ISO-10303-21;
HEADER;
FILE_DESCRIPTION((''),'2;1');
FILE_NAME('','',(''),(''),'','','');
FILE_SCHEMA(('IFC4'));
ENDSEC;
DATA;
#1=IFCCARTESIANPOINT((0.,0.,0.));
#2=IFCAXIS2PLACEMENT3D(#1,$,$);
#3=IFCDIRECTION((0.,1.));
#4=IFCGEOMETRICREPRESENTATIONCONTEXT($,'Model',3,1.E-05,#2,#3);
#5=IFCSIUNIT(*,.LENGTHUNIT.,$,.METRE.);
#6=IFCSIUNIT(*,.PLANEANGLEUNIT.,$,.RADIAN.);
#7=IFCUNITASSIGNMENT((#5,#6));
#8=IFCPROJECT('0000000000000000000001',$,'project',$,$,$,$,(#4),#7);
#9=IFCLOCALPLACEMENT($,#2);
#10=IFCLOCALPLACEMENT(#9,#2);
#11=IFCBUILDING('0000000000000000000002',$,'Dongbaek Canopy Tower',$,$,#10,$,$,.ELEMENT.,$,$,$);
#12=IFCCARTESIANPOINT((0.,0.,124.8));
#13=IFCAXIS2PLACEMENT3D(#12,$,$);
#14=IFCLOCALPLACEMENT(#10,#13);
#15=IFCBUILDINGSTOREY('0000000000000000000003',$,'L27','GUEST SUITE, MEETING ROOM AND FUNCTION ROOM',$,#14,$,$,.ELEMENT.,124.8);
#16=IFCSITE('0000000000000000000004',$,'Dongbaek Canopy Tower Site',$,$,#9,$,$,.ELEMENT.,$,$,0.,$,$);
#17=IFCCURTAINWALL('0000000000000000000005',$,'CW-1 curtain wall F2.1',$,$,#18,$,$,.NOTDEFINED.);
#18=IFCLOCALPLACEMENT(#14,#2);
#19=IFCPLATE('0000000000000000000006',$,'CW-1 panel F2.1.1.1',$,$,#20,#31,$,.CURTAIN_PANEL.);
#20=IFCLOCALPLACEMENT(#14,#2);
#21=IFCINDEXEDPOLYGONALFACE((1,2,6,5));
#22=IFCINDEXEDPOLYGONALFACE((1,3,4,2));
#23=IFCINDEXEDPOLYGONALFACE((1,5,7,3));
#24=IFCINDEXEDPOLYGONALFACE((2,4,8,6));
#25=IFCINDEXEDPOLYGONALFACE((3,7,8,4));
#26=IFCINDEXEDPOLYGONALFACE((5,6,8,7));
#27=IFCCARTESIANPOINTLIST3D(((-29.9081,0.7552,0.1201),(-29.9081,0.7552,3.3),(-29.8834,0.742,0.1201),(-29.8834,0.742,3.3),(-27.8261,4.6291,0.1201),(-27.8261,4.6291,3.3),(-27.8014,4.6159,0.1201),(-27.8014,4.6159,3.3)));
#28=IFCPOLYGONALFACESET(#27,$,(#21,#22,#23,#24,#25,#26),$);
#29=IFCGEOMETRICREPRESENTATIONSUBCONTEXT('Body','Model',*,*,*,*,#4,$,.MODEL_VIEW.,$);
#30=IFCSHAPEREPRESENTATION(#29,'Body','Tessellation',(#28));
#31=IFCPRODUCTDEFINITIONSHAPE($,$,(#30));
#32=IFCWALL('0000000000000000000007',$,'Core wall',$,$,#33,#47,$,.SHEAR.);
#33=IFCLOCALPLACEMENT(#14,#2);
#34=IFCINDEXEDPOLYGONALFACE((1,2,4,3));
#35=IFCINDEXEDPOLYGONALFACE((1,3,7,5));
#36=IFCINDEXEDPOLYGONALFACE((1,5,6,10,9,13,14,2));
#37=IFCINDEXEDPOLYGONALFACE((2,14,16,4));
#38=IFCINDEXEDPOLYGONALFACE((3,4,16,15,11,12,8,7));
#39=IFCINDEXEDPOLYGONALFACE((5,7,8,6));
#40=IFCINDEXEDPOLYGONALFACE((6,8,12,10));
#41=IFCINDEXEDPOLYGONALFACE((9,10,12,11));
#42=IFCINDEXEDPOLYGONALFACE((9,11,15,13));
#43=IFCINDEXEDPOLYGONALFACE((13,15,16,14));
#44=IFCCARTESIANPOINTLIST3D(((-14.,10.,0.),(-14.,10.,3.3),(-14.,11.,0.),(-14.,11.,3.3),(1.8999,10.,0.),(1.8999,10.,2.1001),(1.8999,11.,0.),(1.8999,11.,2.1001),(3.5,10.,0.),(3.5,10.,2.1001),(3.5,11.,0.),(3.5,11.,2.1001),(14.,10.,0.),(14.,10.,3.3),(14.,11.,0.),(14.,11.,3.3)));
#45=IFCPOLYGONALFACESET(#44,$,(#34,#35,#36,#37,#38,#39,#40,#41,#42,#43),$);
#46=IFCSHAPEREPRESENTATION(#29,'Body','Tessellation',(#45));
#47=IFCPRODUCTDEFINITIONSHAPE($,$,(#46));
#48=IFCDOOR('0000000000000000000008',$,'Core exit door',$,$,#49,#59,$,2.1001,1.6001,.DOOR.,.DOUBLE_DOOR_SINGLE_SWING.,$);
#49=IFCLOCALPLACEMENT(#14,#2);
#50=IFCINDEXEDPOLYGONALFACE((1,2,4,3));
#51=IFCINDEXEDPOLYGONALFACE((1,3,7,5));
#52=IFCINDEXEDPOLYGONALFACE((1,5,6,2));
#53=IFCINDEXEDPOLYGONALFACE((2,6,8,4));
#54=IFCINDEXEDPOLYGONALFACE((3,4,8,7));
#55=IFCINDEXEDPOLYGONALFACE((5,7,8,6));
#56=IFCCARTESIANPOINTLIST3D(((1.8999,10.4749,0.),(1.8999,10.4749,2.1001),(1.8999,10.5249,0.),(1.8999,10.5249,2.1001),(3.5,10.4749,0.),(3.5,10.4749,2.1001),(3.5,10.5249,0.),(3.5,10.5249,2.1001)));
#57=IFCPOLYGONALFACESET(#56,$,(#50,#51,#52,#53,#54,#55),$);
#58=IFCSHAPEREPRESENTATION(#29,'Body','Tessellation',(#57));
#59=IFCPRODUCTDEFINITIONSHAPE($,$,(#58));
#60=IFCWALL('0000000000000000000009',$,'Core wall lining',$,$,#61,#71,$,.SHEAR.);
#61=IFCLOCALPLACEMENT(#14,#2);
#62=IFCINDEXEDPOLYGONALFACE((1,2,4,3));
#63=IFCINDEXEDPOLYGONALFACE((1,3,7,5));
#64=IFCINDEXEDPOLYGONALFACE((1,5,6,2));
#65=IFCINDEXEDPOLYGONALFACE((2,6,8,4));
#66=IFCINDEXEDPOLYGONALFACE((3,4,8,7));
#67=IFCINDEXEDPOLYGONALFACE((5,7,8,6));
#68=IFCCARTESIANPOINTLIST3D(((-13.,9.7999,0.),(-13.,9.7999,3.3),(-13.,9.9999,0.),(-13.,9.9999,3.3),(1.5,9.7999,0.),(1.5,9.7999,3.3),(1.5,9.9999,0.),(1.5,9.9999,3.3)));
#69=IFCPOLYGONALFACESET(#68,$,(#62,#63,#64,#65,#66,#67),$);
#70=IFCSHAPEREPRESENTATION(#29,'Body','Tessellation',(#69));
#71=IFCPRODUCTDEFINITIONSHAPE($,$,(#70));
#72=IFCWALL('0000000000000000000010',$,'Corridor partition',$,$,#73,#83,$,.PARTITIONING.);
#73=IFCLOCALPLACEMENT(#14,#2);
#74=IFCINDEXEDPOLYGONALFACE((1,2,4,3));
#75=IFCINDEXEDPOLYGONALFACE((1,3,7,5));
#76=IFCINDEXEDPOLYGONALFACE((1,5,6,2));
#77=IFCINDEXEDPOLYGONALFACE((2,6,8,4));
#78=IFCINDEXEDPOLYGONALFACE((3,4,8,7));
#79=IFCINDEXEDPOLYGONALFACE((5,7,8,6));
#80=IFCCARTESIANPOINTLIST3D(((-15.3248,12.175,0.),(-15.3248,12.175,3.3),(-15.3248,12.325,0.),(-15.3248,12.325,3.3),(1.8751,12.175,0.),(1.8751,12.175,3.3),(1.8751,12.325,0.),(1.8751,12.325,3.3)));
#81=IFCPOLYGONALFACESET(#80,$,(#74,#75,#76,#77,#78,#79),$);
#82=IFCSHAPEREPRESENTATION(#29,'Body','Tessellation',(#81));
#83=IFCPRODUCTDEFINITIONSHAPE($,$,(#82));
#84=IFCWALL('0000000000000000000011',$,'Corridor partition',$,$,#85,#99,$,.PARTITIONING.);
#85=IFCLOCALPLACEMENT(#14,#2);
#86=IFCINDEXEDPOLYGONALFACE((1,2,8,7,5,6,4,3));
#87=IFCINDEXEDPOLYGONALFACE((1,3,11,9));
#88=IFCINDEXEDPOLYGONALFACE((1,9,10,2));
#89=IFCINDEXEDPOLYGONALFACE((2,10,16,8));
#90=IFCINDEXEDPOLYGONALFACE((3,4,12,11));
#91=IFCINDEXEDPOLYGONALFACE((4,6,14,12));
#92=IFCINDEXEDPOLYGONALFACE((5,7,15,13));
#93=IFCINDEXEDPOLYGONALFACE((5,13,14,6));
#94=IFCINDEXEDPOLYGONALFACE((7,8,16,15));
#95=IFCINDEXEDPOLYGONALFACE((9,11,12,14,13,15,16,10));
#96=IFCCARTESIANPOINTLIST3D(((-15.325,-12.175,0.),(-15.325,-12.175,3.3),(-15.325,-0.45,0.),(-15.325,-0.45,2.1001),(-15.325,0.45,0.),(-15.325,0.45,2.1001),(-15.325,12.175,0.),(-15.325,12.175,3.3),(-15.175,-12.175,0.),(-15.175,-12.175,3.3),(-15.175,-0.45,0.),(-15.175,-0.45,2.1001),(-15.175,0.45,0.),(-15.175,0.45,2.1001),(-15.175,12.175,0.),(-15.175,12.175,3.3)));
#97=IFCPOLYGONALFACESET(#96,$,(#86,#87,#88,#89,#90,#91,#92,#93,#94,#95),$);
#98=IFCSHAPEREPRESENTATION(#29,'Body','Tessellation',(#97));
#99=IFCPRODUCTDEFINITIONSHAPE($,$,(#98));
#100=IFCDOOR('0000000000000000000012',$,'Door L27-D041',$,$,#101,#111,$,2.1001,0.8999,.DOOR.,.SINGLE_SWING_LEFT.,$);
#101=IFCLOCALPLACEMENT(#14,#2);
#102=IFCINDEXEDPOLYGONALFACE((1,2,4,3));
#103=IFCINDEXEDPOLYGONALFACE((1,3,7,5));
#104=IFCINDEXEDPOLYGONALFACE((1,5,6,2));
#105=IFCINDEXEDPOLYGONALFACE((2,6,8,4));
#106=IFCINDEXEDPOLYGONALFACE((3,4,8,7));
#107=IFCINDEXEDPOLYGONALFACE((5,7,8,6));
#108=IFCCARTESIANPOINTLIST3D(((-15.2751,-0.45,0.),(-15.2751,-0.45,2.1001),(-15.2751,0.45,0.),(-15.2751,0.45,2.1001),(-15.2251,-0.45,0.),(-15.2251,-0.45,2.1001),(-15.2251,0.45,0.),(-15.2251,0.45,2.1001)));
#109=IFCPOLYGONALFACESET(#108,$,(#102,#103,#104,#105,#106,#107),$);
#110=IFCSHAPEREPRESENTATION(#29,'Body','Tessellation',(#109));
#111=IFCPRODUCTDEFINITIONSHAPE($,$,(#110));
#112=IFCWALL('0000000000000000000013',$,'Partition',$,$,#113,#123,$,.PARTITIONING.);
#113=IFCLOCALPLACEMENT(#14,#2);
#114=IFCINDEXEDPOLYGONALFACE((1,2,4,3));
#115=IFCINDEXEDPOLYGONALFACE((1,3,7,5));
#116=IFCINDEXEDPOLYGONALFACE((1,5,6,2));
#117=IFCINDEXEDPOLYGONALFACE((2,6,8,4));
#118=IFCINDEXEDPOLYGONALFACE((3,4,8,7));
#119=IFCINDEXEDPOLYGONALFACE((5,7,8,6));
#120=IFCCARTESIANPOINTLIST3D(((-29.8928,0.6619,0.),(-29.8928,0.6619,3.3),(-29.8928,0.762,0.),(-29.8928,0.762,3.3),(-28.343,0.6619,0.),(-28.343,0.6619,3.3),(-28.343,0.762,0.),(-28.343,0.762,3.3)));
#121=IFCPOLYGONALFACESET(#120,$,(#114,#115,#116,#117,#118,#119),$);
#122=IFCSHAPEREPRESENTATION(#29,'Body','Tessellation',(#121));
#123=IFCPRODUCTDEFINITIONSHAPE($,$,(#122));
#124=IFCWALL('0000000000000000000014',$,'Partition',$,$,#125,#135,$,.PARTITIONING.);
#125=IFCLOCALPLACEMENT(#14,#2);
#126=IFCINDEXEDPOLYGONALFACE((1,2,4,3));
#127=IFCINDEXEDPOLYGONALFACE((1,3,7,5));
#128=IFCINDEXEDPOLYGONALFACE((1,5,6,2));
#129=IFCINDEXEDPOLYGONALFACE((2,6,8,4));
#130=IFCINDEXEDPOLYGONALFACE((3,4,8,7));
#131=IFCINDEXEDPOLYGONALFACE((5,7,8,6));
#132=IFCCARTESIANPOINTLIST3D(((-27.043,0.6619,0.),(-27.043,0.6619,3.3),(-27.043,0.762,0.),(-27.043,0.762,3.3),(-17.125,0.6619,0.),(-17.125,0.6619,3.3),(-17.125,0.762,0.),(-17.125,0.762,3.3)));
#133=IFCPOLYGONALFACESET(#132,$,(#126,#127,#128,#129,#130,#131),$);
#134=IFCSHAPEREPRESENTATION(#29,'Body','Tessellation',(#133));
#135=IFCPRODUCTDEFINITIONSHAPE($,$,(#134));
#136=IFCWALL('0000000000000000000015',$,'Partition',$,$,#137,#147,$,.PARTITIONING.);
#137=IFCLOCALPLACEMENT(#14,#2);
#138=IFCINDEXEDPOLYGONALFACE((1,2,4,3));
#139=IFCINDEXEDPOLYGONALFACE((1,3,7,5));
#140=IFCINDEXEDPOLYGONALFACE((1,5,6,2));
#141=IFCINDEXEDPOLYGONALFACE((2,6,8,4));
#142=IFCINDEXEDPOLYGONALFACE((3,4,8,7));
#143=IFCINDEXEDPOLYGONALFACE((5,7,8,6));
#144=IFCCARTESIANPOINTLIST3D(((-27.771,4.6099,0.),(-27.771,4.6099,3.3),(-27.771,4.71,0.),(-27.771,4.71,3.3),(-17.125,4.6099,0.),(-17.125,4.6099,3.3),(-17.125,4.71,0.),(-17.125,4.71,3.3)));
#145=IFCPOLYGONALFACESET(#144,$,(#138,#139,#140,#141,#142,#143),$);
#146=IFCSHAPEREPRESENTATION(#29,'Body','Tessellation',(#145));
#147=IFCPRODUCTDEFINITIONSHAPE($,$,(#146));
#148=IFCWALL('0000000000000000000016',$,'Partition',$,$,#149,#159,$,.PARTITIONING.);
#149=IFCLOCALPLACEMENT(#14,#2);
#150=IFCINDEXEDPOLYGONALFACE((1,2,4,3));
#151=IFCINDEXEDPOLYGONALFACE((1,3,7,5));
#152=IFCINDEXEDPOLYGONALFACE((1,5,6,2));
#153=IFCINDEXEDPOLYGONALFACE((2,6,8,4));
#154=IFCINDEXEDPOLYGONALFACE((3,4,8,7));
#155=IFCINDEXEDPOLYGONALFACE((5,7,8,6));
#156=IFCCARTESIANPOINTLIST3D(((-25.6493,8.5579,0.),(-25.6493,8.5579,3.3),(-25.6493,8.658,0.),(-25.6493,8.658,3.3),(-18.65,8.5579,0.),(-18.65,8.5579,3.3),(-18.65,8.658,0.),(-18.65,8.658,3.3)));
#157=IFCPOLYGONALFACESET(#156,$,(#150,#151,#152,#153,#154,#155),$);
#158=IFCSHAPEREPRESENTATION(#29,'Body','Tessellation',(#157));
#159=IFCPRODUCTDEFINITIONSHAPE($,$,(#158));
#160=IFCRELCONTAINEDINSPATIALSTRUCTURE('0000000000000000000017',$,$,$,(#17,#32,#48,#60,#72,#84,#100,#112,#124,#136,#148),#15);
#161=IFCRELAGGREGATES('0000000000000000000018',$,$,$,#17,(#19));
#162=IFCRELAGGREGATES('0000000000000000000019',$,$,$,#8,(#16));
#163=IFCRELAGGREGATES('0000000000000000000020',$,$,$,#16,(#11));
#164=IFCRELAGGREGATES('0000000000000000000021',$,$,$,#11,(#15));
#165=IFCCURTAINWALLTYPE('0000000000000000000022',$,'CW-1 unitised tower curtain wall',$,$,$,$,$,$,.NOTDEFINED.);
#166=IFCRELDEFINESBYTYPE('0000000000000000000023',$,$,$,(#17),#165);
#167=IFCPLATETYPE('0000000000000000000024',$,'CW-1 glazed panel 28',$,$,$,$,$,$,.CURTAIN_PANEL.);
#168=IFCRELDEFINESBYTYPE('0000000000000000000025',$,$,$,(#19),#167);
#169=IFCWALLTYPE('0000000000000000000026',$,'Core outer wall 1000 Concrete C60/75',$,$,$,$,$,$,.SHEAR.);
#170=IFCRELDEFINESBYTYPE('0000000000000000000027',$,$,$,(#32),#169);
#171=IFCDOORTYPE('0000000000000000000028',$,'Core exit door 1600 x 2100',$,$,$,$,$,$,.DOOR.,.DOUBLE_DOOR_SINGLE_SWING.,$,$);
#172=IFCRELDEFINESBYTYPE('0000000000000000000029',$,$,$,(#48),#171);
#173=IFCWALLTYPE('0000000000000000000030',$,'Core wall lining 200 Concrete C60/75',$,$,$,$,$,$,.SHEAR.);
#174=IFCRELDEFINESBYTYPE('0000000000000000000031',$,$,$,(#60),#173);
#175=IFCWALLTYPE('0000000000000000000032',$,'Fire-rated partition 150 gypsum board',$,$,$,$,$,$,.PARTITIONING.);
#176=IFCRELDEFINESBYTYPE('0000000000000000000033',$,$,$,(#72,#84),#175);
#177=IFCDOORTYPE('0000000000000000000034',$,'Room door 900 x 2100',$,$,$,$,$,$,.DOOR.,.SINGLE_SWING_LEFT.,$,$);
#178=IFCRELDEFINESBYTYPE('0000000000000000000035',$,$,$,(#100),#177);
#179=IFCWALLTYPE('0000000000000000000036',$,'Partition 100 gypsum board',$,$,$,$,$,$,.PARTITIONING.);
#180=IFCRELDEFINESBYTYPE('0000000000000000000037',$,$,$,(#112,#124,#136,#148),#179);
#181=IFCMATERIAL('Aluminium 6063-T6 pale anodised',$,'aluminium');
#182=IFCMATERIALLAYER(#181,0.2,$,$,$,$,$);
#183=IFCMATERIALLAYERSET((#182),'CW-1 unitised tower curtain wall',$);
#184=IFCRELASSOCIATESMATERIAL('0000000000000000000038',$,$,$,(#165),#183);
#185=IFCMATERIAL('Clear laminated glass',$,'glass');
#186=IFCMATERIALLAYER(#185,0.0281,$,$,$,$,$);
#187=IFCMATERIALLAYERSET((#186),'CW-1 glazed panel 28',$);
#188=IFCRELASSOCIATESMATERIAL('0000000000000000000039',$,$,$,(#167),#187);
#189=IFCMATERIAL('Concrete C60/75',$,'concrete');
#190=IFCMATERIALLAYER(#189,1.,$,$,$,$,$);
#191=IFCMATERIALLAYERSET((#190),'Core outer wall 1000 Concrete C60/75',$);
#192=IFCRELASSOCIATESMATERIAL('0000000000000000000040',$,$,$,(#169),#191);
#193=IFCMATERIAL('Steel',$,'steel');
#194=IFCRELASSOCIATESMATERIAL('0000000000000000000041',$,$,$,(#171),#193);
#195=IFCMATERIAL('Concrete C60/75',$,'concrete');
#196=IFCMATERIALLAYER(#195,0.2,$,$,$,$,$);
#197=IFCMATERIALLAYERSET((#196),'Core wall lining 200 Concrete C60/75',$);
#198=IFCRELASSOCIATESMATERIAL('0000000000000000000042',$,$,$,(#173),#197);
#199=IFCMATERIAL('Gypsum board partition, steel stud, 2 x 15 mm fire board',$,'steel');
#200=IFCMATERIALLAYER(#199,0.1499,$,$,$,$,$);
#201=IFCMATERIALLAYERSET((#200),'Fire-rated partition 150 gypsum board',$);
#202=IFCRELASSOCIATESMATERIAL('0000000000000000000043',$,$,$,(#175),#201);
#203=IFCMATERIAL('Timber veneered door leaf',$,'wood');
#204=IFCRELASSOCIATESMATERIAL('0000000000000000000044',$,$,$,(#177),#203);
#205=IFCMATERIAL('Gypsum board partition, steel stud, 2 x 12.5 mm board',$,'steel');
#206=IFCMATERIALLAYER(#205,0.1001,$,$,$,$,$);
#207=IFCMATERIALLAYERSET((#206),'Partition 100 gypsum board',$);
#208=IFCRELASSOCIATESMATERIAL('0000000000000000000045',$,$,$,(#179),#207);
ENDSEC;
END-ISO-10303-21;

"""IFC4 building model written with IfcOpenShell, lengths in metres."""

from ifc_helpers import new_model, si_unit, direction, frame, frame_2d, origin, origin_2d, place, context, subcontext, project, spatial, rectangle, extrude, material, layer, layer_set, type_object, element, fill, aggregate, save


model = new_model("IFC4")

# Units and contexts
model_context = context("Model", 3, precision=1e-05, world=origin(), true_north=direction((0.0, 1.0)))
body_context = subcontext(model_context, "Body", "Model", "MODEL_VIEW")
ifc_project = project(units=[si_unit("LENGTHUNIT", "METRE"), si_unit("PLANEANGLEUNIT", "RADIAN")], contexts=[model_context])

# Site, building, storey
site_placement = place(None, origin())
site = spatial("IfcSite", under=ifc_project, at=site_placement, Name="Dongbaek Canopy Tower Site", CompositionType="ELEMENT", RefElevation=0.0)
building_placement = place(site_placement, origin())
building = spatial("IfcBuilding", under=site, at=building_placement, Name="Dongbaek Canopy Tower", CompositionType="ELEMENT")
storey_placement = place(building_placement, frame((0.0, 0.0, 124.8)))
storey = spatial("IfcBuildingStorey", under=building, at=storey_placement, Name="L27", Description="GUEST SUITE, MEETING ROOM AND FUNCTION ROOM", CompositionType="ELEMENT", Elevation=124.8)

# Curtain wall
ifc_material_1 = material(Name="Aluminium 6063-T6 pale anodised", Category="aluminium")
ifc_layer_1 = layer(ifc_material_1, 0.2)
ifc_layer_set_1 = layer_set([ifc_layer_1], Name="CW-1 unitised tower curtain wall")
curtain_wall_type = type_object("IfcCurtainWallType", Name="CW-1 unitised tower curtain wall", PredefinedType="NOTDEFINED", material=ifc_layer_set_1)
curtain_wall_placement = place(storey_placement, origin())
curtain_wall = element("IfcCurtainWall", 1, at=curtain_wall_placement, inside=storey, type_object=curtain_wall_type, Name="CW-1 curtain wall F2.1", PredefinedType="NOTDEFINED")

# Plate
ifc_material_2 = material(Name="Clear laminated glass", Category="glass")
ifc_layer_2 = layer(ifc_material_2, 0.0281)
ifc_layer_set_2 = layer_set([ifc_layer_2], Name="CW-1 glazed panel 28")
plate_type = type_object("IfcPlateType", Name="CW-1 glazed panel 28", PredefinedType="CURTAIN_PANEL", material=ifc_layer_set_2)
plate_placement = place(storey_placement, frame((-28.8547, 2.6855, 0.1201), z_axis=(0.0, 0.0, 1.0), x_axis=(-0.473409, -0.880843, 0.0)))
plate = element("IfcPlate", 2, at=plate_placement, type_object=plate_type, Name="CW-1 panel F2.1.1.1", PredefinedType="CURTAIN_PANEL", context=body_context, shape_type="SweptSolid", body=[
    extrude(rectangle(XDim=4.3979, YDim=0.0281, at=origin_2d()), origin(), (0.0, 0.0, 1.0), 3.1799),
])
aggregate(curtain_wall, [plate])

# Wall, opening, door
ifc_material_3 = material(Name="Concrete C60/75", Category="concrete")
ifc_layer_3 = layer(ifc_material_3, 1.0)
ifc_layer_set_3 = layer_set([ifc_layer_3], Name="Core outer wall 1000 Concrete C60/75")
wall_type_1 = type_object("IfcWallType", Name="Core outer wall 1000 Concrete C60/75", PredefinedType="SHEAR", material=ifc_layer_set_3)
wall_1_placement = place(storey_placement, frame((-14.0, 10.5, 0.0), z_axis=(0.0, 0.0, 1.0), x_axis=(1.0, 0.0, 0.0)))
wall_1 = element("IfcWall", 3, at=wall_1_placement, inside=storey, type_object=wall_type_1, Name="Core wall", PredefinedType="SHEAR", context=body_context, shape_type="SweptSolid", body=[
    extrude(rectangle(XDim=28.0, YDim=1.0, at=frame_2d((14.0, 0.0))), origin(), (0.0, 0.0, 1.0), 3.3),
])
opening_1_placement = place(wall_1_placement, frame((15.8999, 0.0, 0.0)))
opening_1 = element("IfcOpeningElement", 4, at=opening_1_placement, cuts=wall_1, PredefinedType="OPENING", context=body_context, shape_type="SweptSolid", body=[
    extrude(rectangle(XDim=1.6001, YDim=2.1001, at=frame_2d((0.8, 1.05))), frame((0.0, 0.51, 0.0), z_axis=(0.0, -1.0, 0.0), x_axis=(1.0, 0.0, 0.0)), (0.0, 0.0, 1.0), 1.02),
])
ifc_material_4 = material(Name="Steel", Category="steel")
door_type_1 = type_object("IfcDoorType", Name="Core exit door 1600 x 2100", OperationType="DOUBLE_DOOR_SINGLE_SWING", PredefinedType="DOOR", material=ifc_material_4)
door_1_placement = place(opening_1_placement, origin())
door_1 = element("IfcDoor", 5, at=door_1_placement, inside=storey, type_object=door_type_1, Name="Core exit door", OperationType="DOUBLE_DOOR_SINGLE_SWING", OverallHeight=2.1001, OverallWidth=1.6001, PredefinedType="DOOR", context=body_context, shape_type="SweptSolid", body=[
    extrude(rectangle(XDim=1.6001, YDim=2.1001, at=frame_2d((0.8, 1.05))), frame((0.0, 0.0249, 0.0), z_axis=(0.0, -1.0, 0.0), x_axis=(1.0, 0.0, 0.0)), (0.0, 0.0, 1.0), 0.05),
])
fill(opening_1, door_1)

# Walls
ifc_material_5 = material(Name="Concrete C60/75", Category="concrete")
ifc_layer_4 = layer(ifc_material_5, 0.2)
ifc_layer_set_4 = layer_set([ifc_layer_4], Name="Core wall lining 200 Concrete C60/75")
wall_type_2 = type_object("IfcWallType", Name="Core wall lining 200 Concrete C60/75", PredefinedType="SHEAR", material=ifc_layer_set_4)
wall_2_placement = place(storey_placement, frame((-13.0, 9.8999, 0.0), z_axis=(0.0, 0.0, 1.0), x_axis=(1.0, 0.0, 0.0)))
element("IfcWall", 6, at=wall_2_placement, inside=storey, type_object=wall_type_2, Name="Core wall lining", PredefinedType="SHEAR", context=body_context, shape_type="SweptSolid", body=[
    extrude(rectangle(XDim=14.5, YDim=0.2, at=frame_2d((7.25, 0.0))), origin(), (0.0, 0.0, 1.0), 3.3),
])
ifc_material_6 = material(Name="Gypsum board partition, steel stud, 2 x 15 mm fire board", Category="steel")
ifc_layer_5 = layer(ifc_material_6, 0.1499)
ifc_layer_set_5 = layer_set([ifc_layer_5], Name="Fire-rated partition 150 gypsum board")
wall_type_3 = type_object("IfcWallType", Name="Fire-rated partition 150 gypsum board", PredefinedType="PARTITIONING", material=ifc_layer_set_5)
wall_3_placement = place(storey_placement, frame((-15.325, 12.25, 0.0), z_axis=(0.0, 0.0, 1.0), x_axis=(1.0, 0.0, 0.0)))
element("IfcWall", 7, at=wall_3_placement, inside=storey, type_object=wall_type_3, Name="Corridor partition", PredefinedType="PARTITIONING", context=body_context, shape_type="SweptSolid", body=[
    extrude(rectangle(XDim=17.2, YDim=0.1499, at=frame_2d((8.6001, 0.0))), origin(), (0.0, 0.0, 1.0), 3.3),
])

# Wall, opening, door
wall_4_placement = place(storey_placement, frame((-15.25, 12.175, 0.0), z_axis=(0.0, 0.0, 1.0), x_axis=(0.0, -1.0, 0.0)))
wall_4 = element("IfcWall", 8, at=wall_4_placement, inside=storey, type_object=wall_type_3, Name="Corridor partition", PredefinedType="PARTITIONING", context=body_context, shape_type="SweptSolid", body=[
    extrude(rectangle(XDim=24.3501, YDim=0.1499, at=frame_2d((12.175, 0.0))), origin(), (0.0, 0.0, 1.0), 3.3),
])
opening_2_placement = place(wall_4_placement, frame((11.7251, 0.0, 0.0)))
opening_2 = element("IfcOpeningElement", 9, at=opening_2_placement, cuts=wall_4, PredefinedType="OPENING", context=body_context, shape_type="SweptSolid", body=[
    extrude(rectangle(XDim=0.8999, YDim=2.1001, at=frame_2d((0.45, 1.05))), frame((0.0, 0.085, 0.0), z_axis=(0.0, -1.0, 0.0), x_axis=(1.0, 0.0, 0.0)), (0.0, 0.0, 1.0), 0.1699),
])
ifc_material_7 = material(Name="Timber veneered door leaf", Category="wood")
door_type_2 = type_object("IfcDoorType", Name="Room door 900 x 2100", OperationType="SINGLE_SWING_LEFT", PredefinedType="DOOR", material=ifc_material_7)
door_2_placement = place(opening_2_placement, origin())
door_2 = element("IfcDoor", 10, at=door_2_placement, inside=storey, type_object=door_type_2, Name="Door L27-D041", OperationType="SINGLE_SWING_LEFT", OverallHeight=2.1001, OverallWidth=0.8999, PredefinedType="DOOR", context=body_context, shape_type="SweptSolid", body=[
    extrude(rectangle(XDim=0.8999, YDim=2.1001, at=frame_2d((0.45, 1.05))), frame((0.0, 0.0249, 0.0), z_axis=(0.0, -1.0, 0.0), x_axis=(1.0, 0.0, 0.0)), (0.0, 0.0, 1.0), 0.05),
])
fill(opening_2, door_2)

# Walls
ifc_material_8 = material(Name="Gypsum board partition, steel stud, 2 x 12.5 mm board", Category="steel")
ifc_layer_6 = layer(ifc_material_8, 0.1001)
ifc_layer_set_6 = layer_set([ifc_layer_6], Name="Partition 100 gypsum board")
wall_type_4 = type_object("IfcWallType", Name="Partition 100 gypsum board", PredefinedType="PARTITIONING", material=ifc_layer_set_6)
wall_5_placement = place(storey_placement, frame((-29.8928, 0.7119, 0.0), z_axis=(0.0, 0.0, 1.0), x_axis=(1.0, 0.0, 0.0)))
element("IfcWall", 11, at=wall_5_placement, inside=storey, type_object=wall_type_4, Name="Partition", PredefinedType="PARTITIONING", context=body_context, shape_type="SweptSolid", body=[
    extrude(rectangle(XDim=1.5498, YDim=0.1001, at=frame_2d((0.7749, 0.0))), origin(), (0.0, 0.0, 1.0), 3.3),
])
wall_6_placement = place(storey_placement, frame((-27.043, 0.7119, 0.0), z_axis=(0.0, 0.0, 1.0), x_axis=(1.0, 0.0, 0.0)))
element("IfcWall", 12, at=wall_6_placement, inside=storey, type_object=wall_type_4, Name="Partition", PredefinedType="PARTITIONING", context=body_context, shape_type="SweptSolid", body=[
    extrude(rectangle(XDim=9.918, YDim=0.1001, at=frame_2d((4.959, 0.0))), origin(), (0.0, 0.0, 1.0), 3.3),
])
wall_7_placement = place(storey_placement, frame((-27.771, 4.6599, 0.0), z_axis=(0.0, 0.0, 1.0), x_axis=(1.0, 0.0, 0.0)))
element("IfcWall", 13, at=wall_7_placement, inside=storey, type_object=wall_type_4, Name="Partition", PredefinedType="PARTITIONING", context=body_context, shape_type="SweptSolid", body=[
    extrude(rectangle(XDim=10.646, YDim=0.1001, at=frame_2d((5.323, 0.0))), origin(), (0.0, 0.0, 1.0), 3.3),
])
wall_8_placement = place(storey_placement, frame((-25.6492, 8.6079, 0.0), z_axis=(0.0, 0.0, 1.0), x_axis=(1.0, 0.0, 0.0)))
element("IfcWall", 14, at=wall_8_placement, inside=storey, type_object=wall_type_4, Name="Partition", PredefinedType="PARTITIONING", context=body_context, shape_type="SweptSolid", body=[
    extrude(rectangle(XDim=6.9993, YDim=0.1001, at=frame_2d((3.4995, 0.0))), origin(), (0.0, 0.0, 1.0), 3.3),
])

save(model, "model.ifc")
